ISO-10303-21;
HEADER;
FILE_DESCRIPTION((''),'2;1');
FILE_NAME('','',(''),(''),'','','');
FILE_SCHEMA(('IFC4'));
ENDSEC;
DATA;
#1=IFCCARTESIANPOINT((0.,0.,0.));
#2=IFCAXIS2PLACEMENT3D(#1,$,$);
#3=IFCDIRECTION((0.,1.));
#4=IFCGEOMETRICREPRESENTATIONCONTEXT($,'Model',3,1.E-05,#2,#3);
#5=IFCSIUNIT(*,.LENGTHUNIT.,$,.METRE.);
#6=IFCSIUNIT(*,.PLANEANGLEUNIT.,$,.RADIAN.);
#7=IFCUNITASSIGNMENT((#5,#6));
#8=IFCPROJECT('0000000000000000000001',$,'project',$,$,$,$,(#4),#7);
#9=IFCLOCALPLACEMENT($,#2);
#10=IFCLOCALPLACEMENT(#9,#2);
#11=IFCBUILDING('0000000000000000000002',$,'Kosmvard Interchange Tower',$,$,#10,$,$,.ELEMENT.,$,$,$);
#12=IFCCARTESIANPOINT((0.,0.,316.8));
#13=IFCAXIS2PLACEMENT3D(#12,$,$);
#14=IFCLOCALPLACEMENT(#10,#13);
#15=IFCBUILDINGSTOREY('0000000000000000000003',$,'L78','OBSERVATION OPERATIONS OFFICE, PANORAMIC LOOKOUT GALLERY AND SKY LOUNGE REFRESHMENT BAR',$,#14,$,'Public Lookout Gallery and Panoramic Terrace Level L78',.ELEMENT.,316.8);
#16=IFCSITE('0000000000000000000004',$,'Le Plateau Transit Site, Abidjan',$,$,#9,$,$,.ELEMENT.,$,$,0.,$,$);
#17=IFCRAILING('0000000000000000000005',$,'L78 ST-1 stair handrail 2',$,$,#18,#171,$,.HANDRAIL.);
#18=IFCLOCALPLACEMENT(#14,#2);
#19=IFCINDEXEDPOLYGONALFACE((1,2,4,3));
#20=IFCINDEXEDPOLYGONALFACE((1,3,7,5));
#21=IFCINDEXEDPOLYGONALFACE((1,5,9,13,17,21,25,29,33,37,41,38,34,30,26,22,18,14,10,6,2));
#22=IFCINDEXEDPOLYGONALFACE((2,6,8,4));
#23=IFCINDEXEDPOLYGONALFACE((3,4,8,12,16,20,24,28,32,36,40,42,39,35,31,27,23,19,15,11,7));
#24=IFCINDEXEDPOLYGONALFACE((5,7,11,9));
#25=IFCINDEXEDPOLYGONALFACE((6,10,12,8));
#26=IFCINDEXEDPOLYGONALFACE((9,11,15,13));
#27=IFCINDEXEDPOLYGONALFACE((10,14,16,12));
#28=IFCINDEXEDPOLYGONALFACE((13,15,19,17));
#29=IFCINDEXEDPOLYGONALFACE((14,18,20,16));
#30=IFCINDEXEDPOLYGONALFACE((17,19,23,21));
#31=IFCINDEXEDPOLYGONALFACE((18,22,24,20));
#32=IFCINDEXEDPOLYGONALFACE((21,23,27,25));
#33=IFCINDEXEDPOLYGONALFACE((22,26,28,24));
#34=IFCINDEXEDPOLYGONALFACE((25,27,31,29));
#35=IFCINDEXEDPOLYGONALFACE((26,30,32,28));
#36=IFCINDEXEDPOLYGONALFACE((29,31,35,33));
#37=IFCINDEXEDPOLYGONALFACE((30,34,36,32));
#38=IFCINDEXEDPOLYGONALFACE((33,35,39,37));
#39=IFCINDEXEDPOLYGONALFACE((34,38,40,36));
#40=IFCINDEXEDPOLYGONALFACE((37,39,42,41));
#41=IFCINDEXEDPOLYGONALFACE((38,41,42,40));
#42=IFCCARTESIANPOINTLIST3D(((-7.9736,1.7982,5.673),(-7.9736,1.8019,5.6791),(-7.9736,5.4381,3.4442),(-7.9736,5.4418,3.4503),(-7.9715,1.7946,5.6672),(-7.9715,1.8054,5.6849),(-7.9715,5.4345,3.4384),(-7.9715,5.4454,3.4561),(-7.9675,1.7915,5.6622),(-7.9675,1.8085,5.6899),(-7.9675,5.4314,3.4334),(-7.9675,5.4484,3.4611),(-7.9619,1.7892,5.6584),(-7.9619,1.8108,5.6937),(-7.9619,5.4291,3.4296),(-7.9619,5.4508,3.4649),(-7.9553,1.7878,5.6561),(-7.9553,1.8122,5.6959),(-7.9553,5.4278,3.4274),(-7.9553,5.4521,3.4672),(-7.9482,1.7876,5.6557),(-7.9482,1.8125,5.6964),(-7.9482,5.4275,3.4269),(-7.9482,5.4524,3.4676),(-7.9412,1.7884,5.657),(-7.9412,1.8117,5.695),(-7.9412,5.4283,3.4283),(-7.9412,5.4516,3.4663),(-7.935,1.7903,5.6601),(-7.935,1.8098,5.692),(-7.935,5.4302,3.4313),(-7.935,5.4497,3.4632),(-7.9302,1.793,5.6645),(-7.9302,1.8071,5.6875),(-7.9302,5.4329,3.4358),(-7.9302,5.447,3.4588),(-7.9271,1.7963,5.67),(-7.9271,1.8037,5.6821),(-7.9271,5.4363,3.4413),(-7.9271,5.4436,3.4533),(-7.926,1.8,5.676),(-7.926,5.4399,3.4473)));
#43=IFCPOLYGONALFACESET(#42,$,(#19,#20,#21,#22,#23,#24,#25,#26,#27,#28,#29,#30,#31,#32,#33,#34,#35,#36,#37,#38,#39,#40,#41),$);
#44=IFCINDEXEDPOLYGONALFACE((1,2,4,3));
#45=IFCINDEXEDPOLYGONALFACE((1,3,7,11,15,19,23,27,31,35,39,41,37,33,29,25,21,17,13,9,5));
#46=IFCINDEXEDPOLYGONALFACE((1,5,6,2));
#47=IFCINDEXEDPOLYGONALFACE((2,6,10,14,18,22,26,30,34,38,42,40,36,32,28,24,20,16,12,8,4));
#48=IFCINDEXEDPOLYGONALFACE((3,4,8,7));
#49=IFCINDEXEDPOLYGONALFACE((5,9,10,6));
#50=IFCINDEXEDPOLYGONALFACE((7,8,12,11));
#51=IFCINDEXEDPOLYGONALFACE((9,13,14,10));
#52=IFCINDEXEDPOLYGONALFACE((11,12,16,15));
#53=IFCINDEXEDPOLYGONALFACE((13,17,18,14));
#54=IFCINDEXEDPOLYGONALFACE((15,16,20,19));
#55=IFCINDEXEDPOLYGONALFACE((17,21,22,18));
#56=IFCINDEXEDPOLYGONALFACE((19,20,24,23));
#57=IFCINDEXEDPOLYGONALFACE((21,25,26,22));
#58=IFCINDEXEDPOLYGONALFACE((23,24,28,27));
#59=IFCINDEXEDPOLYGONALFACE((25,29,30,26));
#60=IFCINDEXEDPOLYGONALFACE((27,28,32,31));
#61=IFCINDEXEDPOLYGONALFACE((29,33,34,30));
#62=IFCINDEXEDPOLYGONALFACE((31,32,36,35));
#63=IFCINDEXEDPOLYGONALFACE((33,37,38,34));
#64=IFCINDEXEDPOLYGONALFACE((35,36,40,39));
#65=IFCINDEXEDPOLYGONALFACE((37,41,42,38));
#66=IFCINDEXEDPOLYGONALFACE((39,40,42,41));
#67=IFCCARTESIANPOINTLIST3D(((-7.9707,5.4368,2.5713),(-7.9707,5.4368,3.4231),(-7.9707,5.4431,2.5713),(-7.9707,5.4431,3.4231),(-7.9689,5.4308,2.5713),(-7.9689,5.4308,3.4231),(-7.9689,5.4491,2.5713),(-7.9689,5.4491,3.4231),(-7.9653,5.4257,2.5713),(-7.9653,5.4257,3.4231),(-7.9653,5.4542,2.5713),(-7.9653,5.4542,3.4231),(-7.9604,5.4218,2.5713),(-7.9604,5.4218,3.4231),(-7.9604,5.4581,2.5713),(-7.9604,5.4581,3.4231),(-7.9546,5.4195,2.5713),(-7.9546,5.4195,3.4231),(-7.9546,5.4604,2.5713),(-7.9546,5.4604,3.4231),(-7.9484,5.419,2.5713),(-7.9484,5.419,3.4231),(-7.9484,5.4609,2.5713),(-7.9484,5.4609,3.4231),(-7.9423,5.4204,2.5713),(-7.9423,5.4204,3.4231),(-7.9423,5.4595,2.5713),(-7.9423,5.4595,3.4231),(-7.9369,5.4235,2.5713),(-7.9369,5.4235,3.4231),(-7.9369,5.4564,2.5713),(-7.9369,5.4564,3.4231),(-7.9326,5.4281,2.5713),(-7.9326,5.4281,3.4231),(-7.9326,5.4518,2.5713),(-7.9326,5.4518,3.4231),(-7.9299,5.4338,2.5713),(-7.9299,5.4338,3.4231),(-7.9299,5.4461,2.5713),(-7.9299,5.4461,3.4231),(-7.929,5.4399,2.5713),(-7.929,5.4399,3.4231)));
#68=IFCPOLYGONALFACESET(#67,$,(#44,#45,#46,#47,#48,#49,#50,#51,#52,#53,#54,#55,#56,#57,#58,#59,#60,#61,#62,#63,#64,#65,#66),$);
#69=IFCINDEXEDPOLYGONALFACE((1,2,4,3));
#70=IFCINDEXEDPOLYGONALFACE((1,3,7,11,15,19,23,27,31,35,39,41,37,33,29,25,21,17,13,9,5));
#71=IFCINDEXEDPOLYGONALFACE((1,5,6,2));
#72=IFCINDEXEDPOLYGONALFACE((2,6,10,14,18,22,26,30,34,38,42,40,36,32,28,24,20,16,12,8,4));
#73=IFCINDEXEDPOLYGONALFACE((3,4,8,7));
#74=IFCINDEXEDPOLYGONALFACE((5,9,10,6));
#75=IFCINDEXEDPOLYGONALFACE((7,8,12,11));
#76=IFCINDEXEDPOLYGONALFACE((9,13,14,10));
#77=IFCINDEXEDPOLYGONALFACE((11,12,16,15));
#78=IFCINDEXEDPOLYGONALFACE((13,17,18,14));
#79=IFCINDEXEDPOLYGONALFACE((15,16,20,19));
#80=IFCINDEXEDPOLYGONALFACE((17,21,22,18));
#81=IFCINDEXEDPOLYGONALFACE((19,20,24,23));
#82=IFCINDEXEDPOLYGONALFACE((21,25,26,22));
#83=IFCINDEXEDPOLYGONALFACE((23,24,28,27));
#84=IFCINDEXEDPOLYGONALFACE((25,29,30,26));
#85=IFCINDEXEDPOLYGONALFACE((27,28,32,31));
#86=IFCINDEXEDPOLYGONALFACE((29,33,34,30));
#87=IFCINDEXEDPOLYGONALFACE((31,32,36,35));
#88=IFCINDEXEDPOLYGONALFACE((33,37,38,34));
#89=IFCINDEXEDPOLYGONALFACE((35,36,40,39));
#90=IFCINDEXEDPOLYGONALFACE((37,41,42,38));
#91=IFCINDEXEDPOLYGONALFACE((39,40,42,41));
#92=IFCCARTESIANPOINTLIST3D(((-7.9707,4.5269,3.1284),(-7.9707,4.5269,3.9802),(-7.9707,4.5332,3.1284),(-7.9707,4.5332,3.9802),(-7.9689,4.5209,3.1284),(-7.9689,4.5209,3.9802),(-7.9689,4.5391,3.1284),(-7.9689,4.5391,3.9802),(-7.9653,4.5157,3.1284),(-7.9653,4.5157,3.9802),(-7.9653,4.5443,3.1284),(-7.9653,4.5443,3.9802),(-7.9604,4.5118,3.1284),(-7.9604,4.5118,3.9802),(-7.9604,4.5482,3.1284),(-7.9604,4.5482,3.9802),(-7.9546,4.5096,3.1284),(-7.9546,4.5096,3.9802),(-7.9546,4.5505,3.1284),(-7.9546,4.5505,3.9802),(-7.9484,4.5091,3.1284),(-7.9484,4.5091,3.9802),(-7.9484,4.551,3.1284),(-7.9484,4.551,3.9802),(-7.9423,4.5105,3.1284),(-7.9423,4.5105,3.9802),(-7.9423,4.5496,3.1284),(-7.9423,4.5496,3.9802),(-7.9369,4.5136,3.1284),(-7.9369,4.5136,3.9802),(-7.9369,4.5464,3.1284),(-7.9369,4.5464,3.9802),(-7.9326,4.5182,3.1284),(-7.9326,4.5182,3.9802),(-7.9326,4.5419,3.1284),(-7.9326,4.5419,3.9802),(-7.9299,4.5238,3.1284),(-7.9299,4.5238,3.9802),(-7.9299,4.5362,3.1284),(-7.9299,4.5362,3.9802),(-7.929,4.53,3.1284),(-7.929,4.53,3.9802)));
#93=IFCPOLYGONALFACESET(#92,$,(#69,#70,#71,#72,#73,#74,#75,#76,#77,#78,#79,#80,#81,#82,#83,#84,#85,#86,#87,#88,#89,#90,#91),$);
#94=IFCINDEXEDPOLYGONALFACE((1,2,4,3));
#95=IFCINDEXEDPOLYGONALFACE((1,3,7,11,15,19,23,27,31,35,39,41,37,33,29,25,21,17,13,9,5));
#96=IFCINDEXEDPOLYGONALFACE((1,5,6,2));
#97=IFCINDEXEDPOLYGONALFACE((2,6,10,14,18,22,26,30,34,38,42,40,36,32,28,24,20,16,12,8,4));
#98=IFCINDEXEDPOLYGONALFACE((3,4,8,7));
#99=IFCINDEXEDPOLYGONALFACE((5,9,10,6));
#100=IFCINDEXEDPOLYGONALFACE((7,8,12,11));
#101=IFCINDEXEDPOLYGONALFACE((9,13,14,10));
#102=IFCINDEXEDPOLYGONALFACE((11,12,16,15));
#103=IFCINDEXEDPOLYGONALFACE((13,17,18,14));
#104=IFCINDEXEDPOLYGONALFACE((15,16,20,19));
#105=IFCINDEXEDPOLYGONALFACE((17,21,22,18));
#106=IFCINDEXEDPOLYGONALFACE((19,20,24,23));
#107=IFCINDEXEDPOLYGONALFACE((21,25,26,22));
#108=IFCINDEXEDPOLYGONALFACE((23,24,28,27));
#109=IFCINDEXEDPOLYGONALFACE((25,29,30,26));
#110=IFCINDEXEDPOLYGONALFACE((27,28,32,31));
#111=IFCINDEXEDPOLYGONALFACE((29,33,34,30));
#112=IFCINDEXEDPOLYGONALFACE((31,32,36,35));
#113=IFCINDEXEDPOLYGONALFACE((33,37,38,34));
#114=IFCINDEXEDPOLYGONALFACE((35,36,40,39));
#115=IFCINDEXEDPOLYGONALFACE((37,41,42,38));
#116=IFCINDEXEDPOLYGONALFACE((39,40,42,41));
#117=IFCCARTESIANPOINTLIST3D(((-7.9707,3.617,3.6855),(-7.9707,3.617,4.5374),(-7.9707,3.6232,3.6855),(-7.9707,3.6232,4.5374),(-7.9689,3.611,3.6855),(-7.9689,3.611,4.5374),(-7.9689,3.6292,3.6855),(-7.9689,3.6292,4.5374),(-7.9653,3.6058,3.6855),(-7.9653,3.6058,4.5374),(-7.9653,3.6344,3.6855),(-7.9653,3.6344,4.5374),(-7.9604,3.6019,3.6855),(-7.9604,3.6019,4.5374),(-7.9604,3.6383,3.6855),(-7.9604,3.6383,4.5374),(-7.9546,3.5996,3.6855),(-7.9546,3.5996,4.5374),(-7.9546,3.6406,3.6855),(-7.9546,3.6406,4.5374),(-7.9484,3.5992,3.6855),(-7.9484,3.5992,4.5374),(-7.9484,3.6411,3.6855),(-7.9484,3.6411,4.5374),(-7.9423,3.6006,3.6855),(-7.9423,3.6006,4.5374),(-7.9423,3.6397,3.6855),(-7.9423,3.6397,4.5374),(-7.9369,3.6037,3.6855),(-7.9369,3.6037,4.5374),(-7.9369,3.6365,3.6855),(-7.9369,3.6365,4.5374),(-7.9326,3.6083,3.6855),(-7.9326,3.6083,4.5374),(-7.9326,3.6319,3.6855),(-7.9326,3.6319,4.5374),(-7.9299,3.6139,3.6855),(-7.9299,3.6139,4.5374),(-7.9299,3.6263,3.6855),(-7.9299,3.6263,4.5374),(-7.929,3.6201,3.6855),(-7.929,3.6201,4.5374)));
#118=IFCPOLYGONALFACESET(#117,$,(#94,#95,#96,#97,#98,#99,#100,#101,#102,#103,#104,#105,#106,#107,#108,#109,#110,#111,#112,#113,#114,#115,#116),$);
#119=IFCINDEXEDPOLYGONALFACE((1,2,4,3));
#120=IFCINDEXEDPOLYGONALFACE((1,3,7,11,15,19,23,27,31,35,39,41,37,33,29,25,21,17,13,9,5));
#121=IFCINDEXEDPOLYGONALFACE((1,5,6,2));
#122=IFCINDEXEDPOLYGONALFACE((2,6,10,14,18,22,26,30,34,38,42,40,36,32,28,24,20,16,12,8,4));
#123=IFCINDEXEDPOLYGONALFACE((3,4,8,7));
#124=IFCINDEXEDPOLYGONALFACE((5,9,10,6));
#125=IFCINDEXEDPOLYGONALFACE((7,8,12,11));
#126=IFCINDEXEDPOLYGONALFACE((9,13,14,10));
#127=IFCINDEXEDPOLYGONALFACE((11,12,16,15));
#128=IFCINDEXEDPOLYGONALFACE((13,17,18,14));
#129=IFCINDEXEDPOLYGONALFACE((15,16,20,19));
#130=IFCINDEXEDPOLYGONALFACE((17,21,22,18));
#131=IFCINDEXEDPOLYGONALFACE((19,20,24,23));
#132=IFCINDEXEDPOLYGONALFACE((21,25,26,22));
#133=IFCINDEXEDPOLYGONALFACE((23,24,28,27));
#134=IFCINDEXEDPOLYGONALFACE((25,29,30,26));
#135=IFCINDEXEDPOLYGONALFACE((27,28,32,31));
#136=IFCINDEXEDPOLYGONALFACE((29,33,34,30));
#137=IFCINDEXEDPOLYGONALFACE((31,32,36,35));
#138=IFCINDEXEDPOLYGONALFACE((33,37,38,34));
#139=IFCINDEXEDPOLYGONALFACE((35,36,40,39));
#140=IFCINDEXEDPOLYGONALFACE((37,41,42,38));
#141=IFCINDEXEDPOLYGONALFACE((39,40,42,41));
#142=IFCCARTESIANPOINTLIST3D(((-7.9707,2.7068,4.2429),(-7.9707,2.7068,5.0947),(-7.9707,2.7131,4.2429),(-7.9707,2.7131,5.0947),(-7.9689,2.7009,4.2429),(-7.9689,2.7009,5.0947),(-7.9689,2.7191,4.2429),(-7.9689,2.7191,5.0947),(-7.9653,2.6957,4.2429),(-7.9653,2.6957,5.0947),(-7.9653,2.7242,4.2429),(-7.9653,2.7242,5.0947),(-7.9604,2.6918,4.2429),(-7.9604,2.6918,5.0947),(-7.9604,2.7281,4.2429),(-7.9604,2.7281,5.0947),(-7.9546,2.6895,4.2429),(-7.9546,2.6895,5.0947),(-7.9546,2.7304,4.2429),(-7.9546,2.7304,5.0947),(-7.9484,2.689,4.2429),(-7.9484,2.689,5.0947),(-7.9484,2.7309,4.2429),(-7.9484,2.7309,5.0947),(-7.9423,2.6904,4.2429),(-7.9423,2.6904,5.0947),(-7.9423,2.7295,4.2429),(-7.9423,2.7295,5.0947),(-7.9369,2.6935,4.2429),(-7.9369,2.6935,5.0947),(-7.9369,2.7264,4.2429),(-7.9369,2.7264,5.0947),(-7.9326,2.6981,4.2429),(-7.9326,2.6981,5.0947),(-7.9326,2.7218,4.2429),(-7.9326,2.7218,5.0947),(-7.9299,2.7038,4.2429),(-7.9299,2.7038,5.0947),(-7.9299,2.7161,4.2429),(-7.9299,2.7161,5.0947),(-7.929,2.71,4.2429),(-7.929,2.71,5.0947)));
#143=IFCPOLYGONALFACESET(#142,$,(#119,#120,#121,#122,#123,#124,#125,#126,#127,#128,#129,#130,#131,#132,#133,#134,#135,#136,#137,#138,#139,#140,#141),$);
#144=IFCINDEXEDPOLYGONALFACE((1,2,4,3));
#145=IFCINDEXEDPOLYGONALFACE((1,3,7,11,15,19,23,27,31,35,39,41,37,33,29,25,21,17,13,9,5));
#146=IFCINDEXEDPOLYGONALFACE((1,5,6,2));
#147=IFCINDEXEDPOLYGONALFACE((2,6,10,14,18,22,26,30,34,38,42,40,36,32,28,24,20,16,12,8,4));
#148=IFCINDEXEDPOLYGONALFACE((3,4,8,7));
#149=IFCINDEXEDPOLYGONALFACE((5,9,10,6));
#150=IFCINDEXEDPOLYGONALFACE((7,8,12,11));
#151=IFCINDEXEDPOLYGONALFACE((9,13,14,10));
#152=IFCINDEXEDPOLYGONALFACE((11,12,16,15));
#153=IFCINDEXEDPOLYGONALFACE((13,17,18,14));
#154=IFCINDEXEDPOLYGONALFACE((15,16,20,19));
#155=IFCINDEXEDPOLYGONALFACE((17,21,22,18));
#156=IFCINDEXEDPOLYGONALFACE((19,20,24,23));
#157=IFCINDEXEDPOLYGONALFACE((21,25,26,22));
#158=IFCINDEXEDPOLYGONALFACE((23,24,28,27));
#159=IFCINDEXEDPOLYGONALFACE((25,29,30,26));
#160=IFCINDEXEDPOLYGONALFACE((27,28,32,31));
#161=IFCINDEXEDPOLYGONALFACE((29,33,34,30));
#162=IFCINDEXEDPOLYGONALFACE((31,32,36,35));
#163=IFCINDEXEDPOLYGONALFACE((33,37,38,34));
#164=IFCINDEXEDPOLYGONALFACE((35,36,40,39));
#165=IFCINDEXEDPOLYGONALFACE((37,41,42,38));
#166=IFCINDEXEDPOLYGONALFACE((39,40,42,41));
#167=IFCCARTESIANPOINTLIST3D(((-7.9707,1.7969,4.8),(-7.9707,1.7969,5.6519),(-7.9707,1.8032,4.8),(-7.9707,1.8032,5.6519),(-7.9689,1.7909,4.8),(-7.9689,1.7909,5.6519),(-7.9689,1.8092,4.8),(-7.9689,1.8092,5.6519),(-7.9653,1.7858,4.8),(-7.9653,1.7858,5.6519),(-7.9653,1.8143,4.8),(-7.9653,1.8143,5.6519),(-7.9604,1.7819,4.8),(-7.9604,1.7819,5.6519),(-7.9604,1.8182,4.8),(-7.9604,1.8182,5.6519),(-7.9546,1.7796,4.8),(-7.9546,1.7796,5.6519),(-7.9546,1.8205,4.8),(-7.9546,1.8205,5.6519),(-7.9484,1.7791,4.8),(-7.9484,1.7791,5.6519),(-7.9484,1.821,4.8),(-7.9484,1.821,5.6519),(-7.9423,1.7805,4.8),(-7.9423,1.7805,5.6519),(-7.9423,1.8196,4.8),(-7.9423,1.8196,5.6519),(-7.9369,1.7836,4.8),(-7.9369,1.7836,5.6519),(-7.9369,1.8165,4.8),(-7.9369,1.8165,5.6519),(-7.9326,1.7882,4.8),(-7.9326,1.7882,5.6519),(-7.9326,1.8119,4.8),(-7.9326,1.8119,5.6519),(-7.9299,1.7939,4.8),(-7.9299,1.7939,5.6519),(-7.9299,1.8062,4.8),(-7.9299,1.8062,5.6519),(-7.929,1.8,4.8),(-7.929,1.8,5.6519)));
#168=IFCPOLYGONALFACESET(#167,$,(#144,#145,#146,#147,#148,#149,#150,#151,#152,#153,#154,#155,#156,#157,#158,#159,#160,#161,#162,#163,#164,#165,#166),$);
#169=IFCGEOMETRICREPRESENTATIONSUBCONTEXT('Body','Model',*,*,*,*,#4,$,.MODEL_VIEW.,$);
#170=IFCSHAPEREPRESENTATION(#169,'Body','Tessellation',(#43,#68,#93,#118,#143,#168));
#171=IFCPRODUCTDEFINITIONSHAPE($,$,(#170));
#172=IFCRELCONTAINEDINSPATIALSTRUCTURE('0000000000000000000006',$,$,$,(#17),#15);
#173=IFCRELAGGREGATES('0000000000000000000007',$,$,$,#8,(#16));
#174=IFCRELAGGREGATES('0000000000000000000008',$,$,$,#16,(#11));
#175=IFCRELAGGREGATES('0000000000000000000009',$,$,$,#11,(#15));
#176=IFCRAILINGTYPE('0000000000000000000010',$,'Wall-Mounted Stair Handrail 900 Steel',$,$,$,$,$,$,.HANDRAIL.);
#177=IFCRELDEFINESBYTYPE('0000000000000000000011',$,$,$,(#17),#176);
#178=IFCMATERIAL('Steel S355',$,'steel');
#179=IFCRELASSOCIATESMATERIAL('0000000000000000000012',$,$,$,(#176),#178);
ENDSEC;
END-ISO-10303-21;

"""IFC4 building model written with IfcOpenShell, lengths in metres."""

from ifc_helpers import new_model, si_unit, direction, frame, origin, origin_2d, place, context, subcontext, project, spatial, circle, extrude, source, transform, mapped, material, type_object, element, save


model = new_model("IFC4")

# Units and contexts
model_context = context("Model", 3, precision=1e-05, world=origin(), true_north=direction((0.0, 1.0)))
body_context = subcontext(model_context, "Body", "Model", "MODEL_VIEW")
ifc_project = project(units=[si_unit("LENGTHUNIT", "METRE"), si_unit("PLANEANGLEUNIT", "RADIAN")], contexts=[model_context])

# Site, building, storey
site_placement = place(None, origin())
site = spatial("IfcSite", under=ifc_project, at=site_placement, Name="Le Plateau Transit Site, Abidjan", CompositionType="ELEMENT", RefElevation=0.0)
building_placement = place(site_placement, origin())
building = spatial("IfcBuilding", under=site, at=building_placement, Name="Kosmvard Interchange Tower", CompositionType="ELEMENT")
storey_placement = place(building_placement, frame((0.0, 0.0, 316.8)))
storey = spatial("IfcBuildingStorey", under=building, at=storey_placement, Name="L78", Description="OBSERVATION OPERATIONS OFFICE, PANORAMIC LOOKOUT GALLERY AND SKY LOUNGE REFRESHMENT BAR", LongName="Public Lookout Gallery and Panoramic Terrace Level L78", CompositionType="ELEMENT", Elevation=316.8)

# Shared definitions
ifc_material_1 = material(Name="Steel S355", Category="steel")

# Railing
railing_type_1 = type_object("IfcRailingType", Name="Wall-Mounted Stair Handrail 900 Steel", PredefinedType="HANDRAIL", material=ifc_material_1)
shared_shape_1 = source(origin(), body_context, "Body", "SweptSolid", [
    extrude(circle(Radius=0.0239, at=origin_2d()), frame((0.0, 0.0, 0.876), z_axis=(0.0, -0.852825, 0.522197), x_axis=(1.0, 0.0, 0.0)), (0.0, 0.0, 1.0), 4.2681),
    extrude(circle(Radius=0.021, at=origin_2d()), origin(), (0.0, 0.0, 1.0), 0.8518),
    extrude(circle(Radius=0.021, at=origin_2d()), frame((0.0, -0.9099, 0.5571)), (0.0, 0.0, 1.0), 0.8518),
    extrude(circle(Radius=0.021, at=origin_2d()), frame((0.0, -1.8198, 1.1143)), (0.0, 0.0, 1.0), 0.8518),
    extrude(circle(Radius=0.021, at=origin_2d()), frame((0.0, -2.73, 1.6716)), (0.0, 0.0, 1.0), 0.8518),
    extrude(circle(Radius=0.021, at=origin_2d()), frame((0.0, -3.6399, 2.2288)), (0.0, 0.0, 1.0), 0.8518),
])
railing_1_placement = place(storey_placement, frame((-7.95, 5.4399, 2.5713)))
element("IfcRailing", 1, at=railing_1_placement, inside=storey, type_object=railing_type_1, Name="L78 ST-1 stair handrail 2", PredefinedType="HANDRAIL", context=body_context, shape_type="MappedRepresentation", body=[
    mapped(shared_shape_1, transform((0.0, 0.0, 0.0), scale=1.0)),
])

save(model, "model.ifc")
